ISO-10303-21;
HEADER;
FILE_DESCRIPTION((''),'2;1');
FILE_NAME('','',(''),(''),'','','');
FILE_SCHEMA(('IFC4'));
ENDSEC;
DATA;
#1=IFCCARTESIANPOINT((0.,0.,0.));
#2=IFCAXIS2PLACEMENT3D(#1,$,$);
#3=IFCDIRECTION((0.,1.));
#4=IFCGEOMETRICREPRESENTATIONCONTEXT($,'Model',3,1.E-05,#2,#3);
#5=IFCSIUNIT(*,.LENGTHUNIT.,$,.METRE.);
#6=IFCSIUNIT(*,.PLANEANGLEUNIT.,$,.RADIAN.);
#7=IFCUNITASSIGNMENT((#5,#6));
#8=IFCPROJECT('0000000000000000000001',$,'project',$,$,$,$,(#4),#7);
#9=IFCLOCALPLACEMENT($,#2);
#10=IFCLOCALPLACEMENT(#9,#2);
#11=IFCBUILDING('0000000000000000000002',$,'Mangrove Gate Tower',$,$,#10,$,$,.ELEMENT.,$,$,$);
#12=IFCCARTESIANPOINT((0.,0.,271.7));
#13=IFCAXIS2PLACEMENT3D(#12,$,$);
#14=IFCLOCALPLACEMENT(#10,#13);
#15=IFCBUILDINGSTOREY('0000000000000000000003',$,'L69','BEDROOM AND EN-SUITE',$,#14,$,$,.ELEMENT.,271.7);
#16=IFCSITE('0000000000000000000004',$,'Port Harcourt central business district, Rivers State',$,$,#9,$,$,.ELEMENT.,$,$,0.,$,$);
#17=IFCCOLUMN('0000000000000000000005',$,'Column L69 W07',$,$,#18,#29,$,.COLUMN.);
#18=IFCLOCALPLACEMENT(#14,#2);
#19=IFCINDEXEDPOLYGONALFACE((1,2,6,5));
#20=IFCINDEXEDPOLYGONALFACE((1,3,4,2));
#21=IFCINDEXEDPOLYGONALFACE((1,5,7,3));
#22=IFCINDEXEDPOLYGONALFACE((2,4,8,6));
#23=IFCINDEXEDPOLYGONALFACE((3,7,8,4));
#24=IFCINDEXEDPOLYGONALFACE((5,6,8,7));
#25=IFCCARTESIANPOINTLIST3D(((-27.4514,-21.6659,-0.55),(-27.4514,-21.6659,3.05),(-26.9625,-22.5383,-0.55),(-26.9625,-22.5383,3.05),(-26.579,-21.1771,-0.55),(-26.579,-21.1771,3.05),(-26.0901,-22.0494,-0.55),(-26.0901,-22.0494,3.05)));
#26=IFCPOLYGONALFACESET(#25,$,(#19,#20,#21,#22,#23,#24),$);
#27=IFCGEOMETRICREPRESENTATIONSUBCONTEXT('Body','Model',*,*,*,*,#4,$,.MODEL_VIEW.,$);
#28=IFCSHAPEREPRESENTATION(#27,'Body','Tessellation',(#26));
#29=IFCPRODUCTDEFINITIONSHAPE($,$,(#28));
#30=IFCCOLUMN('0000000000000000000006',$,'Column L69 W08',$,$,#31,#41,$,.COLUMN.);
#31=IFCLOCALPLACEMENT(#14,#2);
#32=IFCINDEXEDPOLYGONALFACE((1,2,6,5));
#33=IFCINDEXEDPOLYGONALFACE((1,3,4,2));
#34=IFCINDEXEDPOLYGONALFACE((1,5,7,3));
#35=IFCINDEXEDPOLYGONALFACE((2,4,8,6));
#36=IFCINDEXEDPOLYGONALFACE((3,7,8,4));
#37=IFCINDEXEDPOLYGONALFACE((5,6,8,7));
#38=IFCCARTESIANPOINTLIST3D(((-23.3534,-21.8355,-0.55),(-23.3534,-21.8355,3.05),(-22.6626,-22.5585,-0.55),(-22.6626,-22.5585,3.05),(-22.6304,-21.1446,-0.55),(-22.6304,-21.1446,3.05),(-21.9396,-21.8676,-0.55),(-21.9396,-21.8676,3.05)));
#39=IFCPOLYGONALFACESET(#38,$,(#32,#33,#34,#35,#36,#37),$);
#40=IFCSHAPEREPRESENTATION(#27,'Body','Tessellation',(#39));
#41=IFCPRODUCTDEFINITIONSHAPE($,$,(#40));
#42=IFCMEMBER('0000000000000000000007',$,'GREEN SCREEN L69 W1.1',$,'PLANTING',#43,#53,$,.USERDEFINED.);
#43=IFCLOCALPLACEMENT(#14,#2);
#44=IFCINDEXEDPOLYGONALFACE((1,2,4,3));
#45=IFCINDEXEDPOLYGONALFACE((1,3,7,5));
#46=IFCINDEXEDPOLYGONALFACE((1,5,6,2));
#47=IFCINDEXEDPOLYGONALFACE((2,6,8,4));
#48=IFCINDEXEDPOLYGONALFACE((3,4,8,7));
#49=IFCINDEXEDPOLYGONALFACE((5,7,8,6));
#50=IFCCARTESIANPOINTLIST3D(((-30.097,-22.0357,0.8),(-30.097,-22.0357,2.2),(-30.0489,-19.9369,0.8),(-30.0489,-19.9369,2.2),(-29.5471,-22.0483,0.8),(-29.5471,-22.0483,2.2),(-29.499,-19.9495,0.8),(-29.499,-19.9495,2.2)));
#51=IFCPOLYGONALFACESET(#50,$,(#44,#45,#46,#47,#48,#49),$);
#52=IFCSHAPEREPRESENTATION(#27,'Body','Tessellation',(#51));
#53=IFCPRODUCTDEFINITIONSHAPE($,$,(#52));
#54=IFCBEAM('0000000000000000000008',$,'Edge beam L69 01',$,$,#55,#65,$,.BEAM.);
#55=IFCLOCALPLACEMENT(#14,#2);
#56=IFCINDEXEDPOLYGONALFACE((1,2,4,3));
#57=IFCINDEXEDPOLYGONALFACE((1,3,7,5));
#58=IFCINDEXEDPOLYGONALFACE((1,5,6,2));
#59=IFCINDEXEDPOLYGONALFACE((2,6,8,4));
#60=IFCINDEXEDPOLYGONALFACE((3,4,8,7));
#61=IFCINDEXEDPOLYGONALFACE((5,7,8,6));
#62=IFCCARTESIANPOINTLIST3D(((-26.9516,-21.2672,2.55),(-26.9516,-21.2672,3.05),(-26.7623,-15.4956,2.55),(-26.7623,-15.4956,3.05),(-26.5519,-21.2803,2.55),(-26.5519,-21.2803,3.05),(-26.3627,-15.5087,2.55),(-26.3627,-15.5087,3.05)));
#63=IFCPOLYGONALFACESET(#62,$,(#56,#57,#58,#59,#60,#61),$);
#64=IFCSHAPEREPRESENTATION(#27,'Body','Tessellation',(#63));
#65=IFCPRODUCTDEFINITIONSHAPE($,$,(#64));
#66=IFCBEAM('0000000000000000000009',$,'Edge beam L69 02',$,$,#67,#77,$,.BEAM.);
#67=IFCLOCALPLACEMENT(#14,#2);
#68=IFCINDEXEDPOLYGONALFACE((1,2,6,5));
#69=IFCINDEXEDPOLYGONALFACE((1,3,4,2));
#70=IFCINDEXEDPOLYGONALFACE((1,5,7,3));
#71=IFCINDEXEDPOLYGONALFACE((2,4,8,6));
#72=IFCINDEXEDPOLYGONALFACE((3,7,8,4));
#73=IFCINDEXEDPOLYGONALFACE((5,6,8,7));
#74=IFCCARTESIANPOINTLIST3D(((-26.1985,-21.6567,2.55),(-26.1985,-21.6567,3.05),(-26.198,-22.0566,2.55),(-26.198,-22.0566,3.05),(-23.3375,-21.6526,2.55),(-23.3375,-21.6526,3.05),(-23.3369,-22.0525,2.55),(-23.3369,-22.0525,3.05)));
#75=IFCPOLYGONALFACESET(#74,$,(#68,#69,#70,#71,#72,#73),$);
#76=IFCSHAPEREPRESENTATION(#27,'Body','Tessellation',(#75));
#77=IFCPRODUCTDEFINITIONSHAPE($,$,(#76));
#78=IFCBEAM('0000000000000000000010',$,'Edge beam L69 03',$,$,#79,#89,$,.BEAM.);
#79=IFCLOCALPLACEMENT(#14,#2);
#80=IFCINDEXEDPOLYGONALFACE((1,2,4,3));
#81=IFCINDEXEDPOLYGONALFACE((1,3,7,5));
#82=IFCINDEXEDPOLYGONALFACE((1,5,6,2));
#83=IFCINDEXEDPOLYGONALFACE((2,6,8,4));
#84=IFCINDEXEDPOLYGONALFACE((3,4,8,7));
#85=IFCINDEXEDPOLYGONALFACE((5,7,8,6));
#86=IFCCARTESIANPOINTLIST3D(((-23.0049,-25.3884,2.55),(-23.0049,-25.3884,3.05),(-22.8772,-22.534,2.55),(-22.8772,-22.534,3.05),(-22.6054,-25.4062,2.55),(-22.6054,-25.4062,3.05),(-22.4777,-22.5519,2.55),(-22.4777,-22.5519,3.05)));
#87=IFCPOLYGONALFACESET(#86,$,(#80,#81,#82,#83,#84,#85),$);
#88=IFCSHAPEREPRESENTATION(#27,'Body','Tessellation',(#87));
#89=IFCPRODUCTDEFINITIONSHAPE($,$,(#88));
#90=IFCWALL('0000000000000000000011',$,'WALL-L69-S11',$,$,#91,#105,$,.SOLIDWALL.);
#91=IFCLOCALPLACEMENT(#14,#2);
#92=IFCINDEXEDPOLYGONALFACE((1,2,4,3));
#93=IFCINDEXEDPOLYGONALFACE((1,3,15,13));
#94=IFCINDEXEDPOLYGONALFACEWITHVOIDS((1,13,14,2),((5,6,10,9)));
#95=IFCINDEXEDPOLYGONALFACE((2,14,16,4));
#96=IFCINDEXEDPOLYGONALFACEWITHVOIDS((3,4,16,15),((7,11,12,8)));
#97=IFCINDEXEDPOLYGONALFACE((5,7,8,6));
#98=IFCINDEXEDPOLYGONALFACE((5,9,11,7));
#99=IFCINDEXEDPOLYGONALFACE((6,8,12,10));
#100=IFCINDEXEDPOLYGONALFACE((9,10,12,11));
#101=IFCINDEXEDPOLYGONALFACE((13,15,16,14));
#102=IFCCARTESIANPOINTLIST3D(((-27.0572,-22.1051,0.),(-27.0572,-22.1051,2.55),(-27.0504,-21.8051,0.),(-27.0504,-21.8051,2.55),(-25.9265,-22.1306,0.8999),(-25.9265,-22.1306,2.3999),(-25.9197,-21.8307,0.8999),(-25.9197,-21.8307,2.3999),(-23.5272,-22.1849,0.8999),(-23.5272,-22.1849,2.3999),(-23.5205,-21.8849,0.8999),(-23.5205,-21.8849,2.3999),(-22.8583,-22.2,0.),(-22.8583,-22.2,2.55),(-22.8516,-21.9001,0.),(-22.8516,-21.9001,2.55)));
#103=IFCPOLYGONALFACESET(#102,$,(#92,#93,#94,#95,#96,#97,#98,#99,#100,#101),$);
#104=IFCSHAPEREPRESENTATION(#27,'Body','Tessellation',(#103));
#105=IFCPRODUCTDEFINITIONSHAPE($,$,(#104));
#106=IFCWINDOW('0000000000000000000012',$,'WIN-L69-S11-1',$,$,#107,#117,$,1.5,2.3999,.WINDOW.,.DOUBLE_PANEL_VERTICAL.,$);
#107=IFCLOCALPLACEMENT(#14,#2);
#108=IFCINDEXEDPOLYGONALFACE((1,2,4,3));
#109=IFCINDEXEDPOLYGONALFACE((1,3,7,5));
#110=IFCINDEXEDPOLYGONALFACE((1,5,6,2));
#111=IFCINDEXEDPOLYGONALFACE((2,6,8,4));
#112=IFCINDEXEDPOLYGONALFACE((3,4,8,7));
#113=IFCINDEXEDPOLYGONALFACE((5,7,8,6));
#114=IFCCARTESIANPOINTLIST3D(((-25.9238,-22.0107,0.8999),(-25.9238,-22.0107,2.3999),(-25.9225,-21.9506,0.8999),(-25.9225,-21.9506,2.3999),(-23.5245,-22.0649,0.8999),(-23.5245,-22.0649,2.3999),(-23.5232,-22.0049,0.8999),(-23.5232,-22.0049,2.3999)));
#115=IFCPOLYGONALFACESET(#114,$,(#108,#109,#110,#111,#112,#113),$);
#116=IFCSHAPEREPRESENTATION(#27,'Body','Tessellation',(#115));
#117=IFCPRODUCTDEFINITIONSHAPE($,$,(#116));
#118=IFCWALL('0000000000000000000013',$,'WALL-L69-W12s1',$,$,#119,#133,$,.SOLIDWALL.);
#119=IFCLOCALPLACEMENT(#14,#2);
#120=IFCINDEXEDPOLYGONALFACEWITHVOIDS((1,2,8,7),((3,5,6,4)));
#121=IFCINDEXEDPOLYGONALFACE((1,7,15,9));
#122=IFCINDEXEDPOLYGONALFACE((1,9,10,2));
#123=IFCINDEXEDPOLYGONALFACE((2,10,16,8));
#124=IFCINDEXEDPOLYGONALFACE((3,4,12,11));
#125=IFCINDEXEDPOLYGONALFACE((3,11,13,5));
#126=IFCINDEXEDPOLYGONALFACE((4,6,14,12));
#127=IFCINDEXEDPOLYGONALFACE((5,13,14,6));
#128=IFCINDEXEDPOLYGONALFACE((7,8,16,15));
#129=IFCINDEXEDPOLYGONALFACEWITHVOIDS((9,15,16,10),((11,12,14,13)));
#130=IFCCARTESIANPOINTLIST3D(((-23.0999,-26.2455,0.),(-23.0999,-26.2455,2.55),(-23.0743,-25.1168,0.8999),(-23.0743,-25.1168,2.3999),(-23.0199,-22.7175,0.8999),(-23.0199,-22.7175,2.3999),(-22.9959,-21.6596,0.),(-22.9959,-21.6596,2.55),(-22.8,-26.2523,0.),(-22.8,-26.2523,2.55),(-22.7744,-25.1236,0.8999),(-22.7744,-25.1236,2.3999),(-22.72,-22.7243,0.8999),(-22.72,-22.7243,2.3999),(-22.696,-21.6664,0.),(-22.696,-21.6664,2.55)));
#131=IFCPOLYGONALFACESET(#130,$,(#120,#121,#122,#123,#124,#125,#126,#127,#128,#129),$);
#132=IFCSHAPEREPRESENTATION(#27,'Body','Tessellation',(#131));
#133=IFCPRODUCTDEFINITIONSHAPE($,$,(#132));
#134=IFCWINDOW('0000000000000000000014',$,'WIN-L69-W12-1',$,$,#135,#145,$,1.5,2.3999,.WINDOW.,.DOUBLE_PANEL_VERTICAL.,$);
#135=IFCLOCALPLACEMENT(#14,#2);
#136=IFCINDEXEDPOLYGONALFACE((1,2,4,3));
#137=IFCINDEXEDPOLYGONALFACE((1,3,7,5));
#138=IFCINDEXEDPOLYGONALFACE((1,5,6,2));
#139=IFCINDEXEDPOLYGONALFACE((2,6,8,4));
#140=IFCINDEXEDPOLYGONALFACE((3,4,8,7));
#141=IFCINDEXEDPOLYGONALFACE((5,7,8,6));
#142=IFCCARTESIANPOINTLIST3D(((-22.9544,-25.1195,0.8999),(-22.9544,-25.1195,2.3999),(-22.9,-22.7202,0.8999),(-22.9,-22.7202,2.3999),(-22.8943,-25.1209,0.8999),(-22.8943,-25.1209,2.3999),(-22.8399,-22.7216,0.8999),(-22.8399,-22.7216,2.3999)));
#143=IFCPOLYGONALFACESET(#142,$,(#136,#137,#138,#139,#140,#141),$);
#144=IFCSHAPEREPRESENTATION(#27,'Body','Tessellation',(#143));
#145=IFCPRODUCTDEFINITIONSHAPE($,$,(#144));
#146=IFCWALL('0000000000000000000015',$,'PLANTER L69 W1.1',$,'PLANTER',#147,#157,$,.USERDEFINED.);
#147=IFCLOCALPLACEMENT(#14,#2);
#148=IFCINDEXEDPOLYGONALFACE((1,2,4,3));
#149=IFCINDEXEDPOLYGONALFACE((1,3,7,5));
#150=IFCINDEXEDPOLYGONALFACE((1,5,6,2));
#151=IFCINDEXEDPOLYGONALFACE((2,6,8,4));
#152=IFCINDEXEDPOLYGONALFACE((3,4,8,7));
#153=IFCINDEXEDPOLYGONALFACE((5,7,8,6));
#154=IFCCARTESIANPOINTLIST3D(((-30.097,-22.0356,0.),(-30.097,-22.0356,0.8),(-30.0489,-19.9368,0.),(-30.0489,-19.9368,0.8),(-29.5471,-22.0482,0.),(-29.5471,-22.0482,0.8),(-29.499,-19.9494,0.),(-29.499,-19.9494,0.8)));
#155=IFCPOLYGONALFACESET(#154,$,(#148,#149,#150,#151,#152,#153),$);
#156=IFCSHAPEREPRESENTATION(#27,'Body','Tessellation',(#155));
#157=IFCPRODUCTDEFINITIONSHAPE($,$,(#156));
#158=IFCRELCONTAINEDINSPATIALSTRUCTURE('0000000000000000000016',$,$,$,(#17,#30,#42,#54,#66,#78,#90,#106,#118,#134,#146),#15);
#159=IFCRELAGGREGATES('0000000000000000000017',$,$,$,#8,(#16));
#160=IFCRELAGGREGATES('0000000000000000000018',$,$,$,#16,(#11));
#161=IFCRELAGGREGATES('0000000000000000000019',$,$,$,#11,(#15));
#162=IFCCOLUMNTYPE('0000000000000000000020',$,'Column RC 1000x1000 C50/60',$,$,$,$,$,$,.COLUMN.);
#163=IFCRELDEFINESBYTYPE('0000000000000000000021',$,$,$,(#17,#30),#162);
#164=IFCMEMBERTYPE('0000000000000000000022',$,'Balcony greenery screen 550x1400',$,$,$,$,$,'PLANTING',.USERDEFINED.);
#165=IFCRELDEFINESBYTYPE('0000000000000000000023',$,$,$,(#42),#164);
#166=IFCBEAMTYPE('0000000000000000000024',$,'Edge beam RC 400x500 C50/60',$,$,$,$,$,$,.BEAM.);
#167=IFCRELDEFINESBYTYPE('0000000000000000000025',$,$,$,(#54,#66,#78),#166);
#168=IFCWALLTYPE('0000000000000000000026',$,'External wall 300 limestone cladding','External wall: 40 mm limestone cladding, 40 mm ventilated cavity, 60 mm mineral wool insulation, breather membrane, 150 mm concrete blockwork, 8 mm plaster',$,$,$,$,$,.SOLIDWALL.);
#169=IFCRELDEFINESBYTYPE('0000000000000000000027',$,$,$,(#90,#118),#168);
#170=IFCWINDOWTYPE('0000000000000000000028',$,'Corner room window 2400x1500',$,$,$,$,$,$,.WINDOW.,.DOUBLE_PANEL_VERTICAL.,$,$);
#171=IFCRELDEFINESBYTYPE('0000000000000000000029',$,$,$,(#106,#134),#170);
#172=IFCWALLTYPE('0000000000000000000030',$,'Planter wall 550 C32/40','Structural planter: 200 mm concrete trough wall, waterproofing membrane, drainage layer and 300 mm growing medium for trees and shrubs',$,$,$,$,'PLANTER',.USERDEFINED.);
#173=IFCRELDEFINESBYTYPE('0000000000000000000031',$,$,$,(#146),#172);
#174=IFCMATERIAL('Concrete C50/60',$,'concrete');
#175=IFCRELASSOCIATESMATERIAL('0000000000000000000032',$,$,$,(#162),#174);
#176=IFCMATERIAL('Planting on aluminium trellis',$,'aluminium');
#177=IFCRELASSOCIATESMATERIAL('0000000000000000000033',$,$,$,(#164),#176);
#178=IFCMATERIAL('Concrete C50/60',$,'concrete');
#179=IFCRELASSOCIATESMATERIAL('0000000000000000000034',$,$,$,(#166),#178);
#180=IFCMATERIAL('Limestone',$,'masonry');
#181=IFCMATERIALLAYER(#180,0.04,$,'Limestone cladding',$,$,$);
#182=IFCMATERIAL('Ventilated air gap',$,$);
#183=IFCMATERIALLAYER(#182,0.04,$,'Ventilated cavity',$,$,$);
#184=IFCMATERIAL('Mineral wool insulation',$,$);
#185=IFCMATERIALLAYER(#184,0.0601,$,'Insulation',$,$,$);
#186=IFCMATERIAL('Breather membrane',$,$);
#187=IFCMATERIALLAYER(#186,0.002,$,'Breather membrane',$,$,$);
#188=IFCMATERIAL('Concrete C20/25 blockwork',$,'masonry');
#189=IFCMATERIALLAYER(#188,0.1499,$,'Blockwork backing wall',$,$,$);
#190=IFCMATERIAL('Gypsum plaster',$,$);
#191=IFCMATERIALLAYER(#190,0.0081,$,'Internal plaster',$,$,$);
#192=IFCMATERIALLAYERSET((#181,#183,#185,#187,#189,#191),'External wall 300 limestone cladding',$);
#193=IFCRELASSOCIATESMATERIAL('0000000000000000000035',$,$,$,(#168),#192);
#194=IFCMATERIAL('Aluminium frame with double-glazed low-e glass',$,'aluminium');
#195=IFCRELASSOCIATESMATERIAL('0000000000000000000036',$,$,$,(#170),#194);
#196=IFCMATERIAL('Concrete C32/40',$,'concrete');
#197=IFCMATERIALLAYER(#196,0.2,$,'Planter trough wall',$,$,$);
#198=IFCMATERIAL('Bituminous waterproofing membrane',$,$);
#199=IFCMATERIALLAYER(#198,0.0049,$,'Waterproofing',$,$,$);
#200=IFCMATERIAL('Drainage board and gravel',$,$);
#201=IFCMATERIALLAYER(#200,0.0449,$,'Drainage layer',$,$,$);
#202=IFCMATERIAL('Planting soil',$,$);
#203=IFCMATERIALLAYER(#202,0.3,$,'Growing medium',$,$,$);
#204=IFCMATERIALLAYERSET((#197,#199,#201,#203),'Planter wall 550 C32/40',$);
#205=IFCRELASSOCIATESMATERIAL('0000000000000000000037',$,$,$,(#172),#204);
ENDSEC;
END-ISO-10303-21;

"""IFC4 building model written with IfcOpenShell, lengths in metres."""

from ifc_helpers import new_model, si_unit, direction, frame, frame_2d, origin, origin_2d, place, context, subcontext, project, spatial, rectangle, extrude, material, layer, layer_set, material_profile, profile_set, type_object, element, fill, save


model = new_model("IFC4")

# Units and contexts
model_context = context("Model", 3, precision=1e-05, world=origin(), true_north=direction((0.0, 1.0)))
body_context = subcontext(model_context, "Body", "Model", "MODEL_VIEW")
ifc_project = project(units=[si_unit("LENGTHUNIT", "METRE"), si_unit("PLANEANGLEUNIT", "RADIAN")], contexts=[model_context])

# Site, building, storey
site_placement = place(None, origin())
site = spatial("IfcSite", under=ifc_project, at=site_placement, Name="Port Harcourt central business district, Rivers State", CompositionType="ELEMENT", RefElevation=0.0)
building_placement = place(site_placement, origin())
building = spatial("IfcBuilding", under=site, at=building_placement, Name="Mangrove Gate Tower", CompositionType="ELEMENT")
storey_placement = place(building_placement, frame((0.0, 0.0, 271.7)))
storey = spatial("IfcBuildingStorey", under=building, at=storey_placement, Name="L69", Description="BEDROOM AND EN-SUITE", CompositionType="ELEMENT", Elevation=271.7)

# Columns
ifc_material_1 = material(Name="Concrete C50/60", Category="concrete")
ifc_material_profile_1 = material_profile(ifc_material_1, rectangle(XDim=1.0, YDim=1.0, at=origin_2d()))
ifc_profile_set_1 = profile_set([ifc_material_profile_1], Name="Concrete C50/60")
column_type = type_object("IfcColumnType", Name="Column RC 1000x1000 C50/60", PredefinedType="COLUMN", material=ifc_profile_set_1)
for number, where, z_axis, x_axis, name in (
    (1, (-26.7708, -21.8577, -0.55), (0.0, 0.0, 1.0), (0.488847, -0.87237, 0.0), "Column L69 W07"),
    (2, (-22.6465, -21.8516, -0.55), (0.0, 0.0, 1.0), (0.690844, -0.723004, 0.0), "Column L69 W08"),
):
    element("IfcColumn", number, at=place(storey_placement, frame(where, z_axis=z_axis, x_axis=x_axis)), inside=storey, type_object=column_type, Name=name, PredefinedType="COLUMN", context=body_context, shape_type="SweptSolid", body=[
        extrude(rectangle(XDim=1.0, YDim=1.0, at=origin_2d()), origin(), (0.0, 0.0, 1.0), 3.6001),
    ])

# Member
ifc_material_2 = material(Name="Planting on aluminium trellis", Category="aluminium")
ifc_material_profile_2 = material_profile(ifc_material_2, rectangle(XDim=0.55, YDim=1.3999, at=origin_2d()))
ifc_profile_set_2 = profile_set([ifc_material_profile_2], Name="Planting on aluminium trellis")
member_type = type_object("IfcMemberType", Name="Balcony greenery screen 550x1400", ElementType="PLANTING", PredefinedType="USERDEFINED", material=ifc_profile_set_2)
member_placement = place(storey_placement, frame((-29.822, -22.042, 1.5), z_axis=(0.022909, 0.999738, 0.0), x_axis=(-0.999738, 0.022909, 0.0)))
element("IfcMember", 3, at=member_placement, inside=storey, type_object=member_type, Name="GREEN SCREEN L69 W1.1", ObjectType="PLANTING", PredefinedType="USERDEFINED", context=body_context, shape_type="SweptSolid", body=[
    extrude(rectangle(XDim=0.55, YDim=1.3999, at=origin_2d()), origin(), (0.0, 0.0, 1.0), 2.0994),
])

# Beams
ifc_material_3 = material(Name="Concrete C50/60", Category="concrete")
ifc_material_profile_3 = material_profile(ifc_material_3, rectangle(XDim=0.3999, YDim=0.5, at=origin_2d()))
ifc_profile_set_3 = profile_set([ifc_material_profile_3], Name="Concrete C50/60")
beam_type = type_object("IfcBeamType", Name="Edge beam RC 400x500 C50/60", PredefinedType="BEAM", material=ifc_profile_set_3)
beam_1_placement = place(storey_placement, frame((-26.5625, -15.5022, 2.8), z_axis=(-0.032766, -0.999463, 0.0), x_axis=(0.999463, -0.032766, 0.0)))
element("IfcBeam", 4, at=beam_1_placement, inside=storey, type_object=beam_type, Name="Edge beam L69 01", PredefinedType="BEAM", context=body_context, shape_type="SweptSolid", body=[
    extrude(rectangle(XDim=0.3999, YDim=0.5, at=origin_2d()), origin(), (0.0, 0.0, 1.0), 5.7747),
])
beam_2_placement = place(storey_placement, frame((-26.1982, -21.8567, 2.8), z_axis=(0.999999, 0.001451, 0.0), x_axis=(-0.001451, 0.999999, 0.0)))
element("IfcBeam", 5, at=beam_2_placement, inside=storey, type_object=beam_type, Name="Edge beam L69 02", PredefinedType="BEAM", context=body_context, shape_type="SweptSolid", body=[
    extrude(rectangle(XDim=0.3999, YDim=0.5, at=origin_2d()), origin(), (0.0, 0.0, 1.0), 2.8611),
])
beam_3_placement = place(storey_placement, frame((-22.6775, -22.543, 2.8), z_axis=(-0.044691, -0.999001, 0.0), x_axis=(0.999001, -0.044691, 0.0)))
element("IfcBeam", 6, at=beam_3_placement, inside=storey, type_object=beam_type, Name="Edge beam L69 03", PredefinedType="BEAM", context=body_context, shape_type="SweptSolid", body=[
    extrude(rectangle(XDim=0.3999, YDim=0.5, at=origin_2d()), origin(), (0.0, 0.0, 1.0), 2.8572),
])

# Walls, openings, windows
ifc_material_4 = material(Name="Limestone", Category="masonry")
ifc_layer_1 = layer(ifc_material_4, 0.04, Name="Limestone cladding")
ifc_material_5 = material(Name="Ventilated air gap")
ifc_layer_2 = layer(ifc_material_5, 0.04, Name="Ventilated cavity")
ifc_material_6 = material(Name="Mineral wool insulation")
ifc_layer_3 = layer(ifc_material_6, 0.0601, Name="Insulation")
ifc_material_7 = material(Name="Breather membrane")
ifc_layer_4 = layer(ifc_material_7, 0.002, Name="Breather membrane")
ifc_material_8 = material(Name="Concrete C20/25 blockwork", Category="masonry")
ifc_layer_5 = layer(ifc_material_8, 0.1499, Name="Blockwork backing wall")
ifc_material_9 = material(Name="Gypsum plaster")
ifc_layer_6 = layer(ifc_material_9, 0.0081, Name="Internal plaster")
ifc_layer_set_1 = layer_set([ifc_layer_1, ifc_layer_2, ifc_layer_3, ifc_layer_4, ifc_layer_5, ifc_layer_6], Name="External wall 300 limestone cladding")
wall_type_1 = type_object("IfcWallType", Name="External wall 300 limestone cladding", Description="External wall: 40 mm limestone cladding, 40 mm ventilated cavity, 60 mm mineral wool insulation, breather membrane, 150 mm concrete blockwork, 8 mm plaster", PredefinedType="SOLIDWALL", material=ifc_layer_set_1)
wall_1_placement = place(storey_placement, frame((-27.054, -21.9551, 0.0), z_axis=(0.0, 0.0, 1.0), x_axis=(0.999744, -0.022612, 0.0)))
wall_1 = element("IfcWall", 7, at=wall_1_placement, inside=storey, type_object=wall_type_1, Name="WALL-L69-S11", PredefinedType="SOLIDWALL", context=body_context, shape_type="SweptSolid", body=[
    extrude(rectangle(XDim=4.2, YDim=0.3, at=frame_2d((2.1001, 0.0))), origin(), (0.0, 0.0, 1.0), 2.55),
])
opening_1_placement = place(wall_1_placement, frame((1.1311, 0.0, 0.8999)))
opening_1 = element("IfcOpeningElement", 8, at=opening_1_placement, cuts=wall_1, PredefinedType="OPENING", context=body_context, shape_type="SweptSolid", body=[
    extrude(rectangle(XDim=2.3999, YDim=1.5, at=frame_2d((1.2, 0.75))), frame((0.0, 0.1599, 0.0), z_axis=(0.0, -1.0, 0.0), x_axis=(1.0, 0.0, 0.0)), (0.0, 0.0, 1.0), 0.3201),
])
ifc_material_10 = material(Name="Aluminium frame with double-glazed low-e glass", Category="aluminium")
window_type = type_object("IfcWindowType", Name="Corner room window 2400x1500", PartitioningType="DOUBLE_PANEL_VERTICAL", PredefinedType="WINDOW", material=ifc_material_10)
window_1_placement = place(opening_1_placement, origin())
window_1 = element("IfcWindow", 9, at=window_1_placement, inside=storey, type_object=window_type, Name="WIN-L69-S11-1", OverallHeight=1.5, OverallWidth=2.3999, PartitioningType="DOUBLE_PANEL_VERTICAL", PredefinedType="WINDOW", context=body_context, shape_type="SweptSolid", body=[
    extrude(rectangle(XDim=2.3999, YDim=1.5, at=frame_2d((1.2, 0.75))), frame((0.0, 0.03, 0.0), z_axis=(0.0, -1.0, 0.0), x_axis=(1.0, 0.0, 0.0)), (0.0, 0.0, 1.0), 0.0601),
])
fill(opening_1, window_1)
wall_2_placement = place(storey_placement, frame((-22.8459, -21.6631, 0.0), z_axis=(0.0, 0.0, 1.0), x_axis=(-0.022673, -0.999743, 0.0)))
wall_2 = element("IfcWall", 10, at=wall_2_placement, inside=storey, type_object=wall_type_1, Name="WALL-L69-W12s1", PredefinedType="SOLIDWALL", context=body_context, shape_type="SweptSolid", body=[
    extrude(rectangle(XDim=4.5872, YDim=0.3, at=frame_2d((2.2935, 0.0))), origin(), (0.0, 0.0, 1.0), 2.55),
])
opening_2_placement = place(wall_2_placement, frame((1.0581, 0.0, 0.8999)))
opening_2 = element("IfcOpeningElement", 11, at=opening_2_placement, cuts=wall_2, PredefinedType="OPENING", context=body_context, shape_type="SweptSolid", body=[
    extrude(rectangle(XDim=2.3999, YDim=1.5, at=frame_2d((1.2, 0.75))), frame((0.0, 0.1599, 0.0), z_axis=(0.0, -1.0, 0.0), x_axis=(1.0, 0.0, 0.0)), (0.0, 0.0, 1.0), 0.3201),
])
window_2_placement = place(opening_2_placement, origin())
window_2 = element("IfcWindow", 12, at=window_2_placement, inside=storey, type_object=window_type, Name="WIN-L69-W12-1", OverallHeight=1.5, OverallWidth=2.3999, PartitioningType="DOUBLE_PANEL_VERTICAL", PredefinedType="WINDOW", context=body_context, shape_type="SweptSolid", body=[
    extrude(rectangle(XDim=2.3999, YDim=1.5, at=frame_2d((1.2, 0.75))), frame((0.0, 0.03, 0.0), z_axis=(0.0, -1.0, 0.0), x_axis=(1.0, 0.0, 0.0)), (0.0, 0.0, 1.0), 0.0601),
])
fill(opening_2, window_2)

# Wall
ifc_material_11 = material(Name="Concrete C32/40", Category="concrete")
ifc_layer_7 = layer(ifc_material_11, 0.2, Name="Planter trough wall")
ifc_material_12 = material(Name="Bituminous waterproofing membrane")
ifc_layer_8 = layer(ifc_material_12, 0.0049, Name="Waterproofing")
ifc_material_13 = material(Name="Drainage board and gravel")
ifc_layer_9 = layer(ifc_material_13, 0.0449, Name="Drainage layer")
ifc_material_14 = material(Name="Planting soil")
ifc_layer_10 = layer(ifc_material_14, 0.3, Name="Growing medium")
ifc_layer_set_2 = layer_set([ifc_layer_7, ifc_layer_8, ifc_layer_9, ifc_layer_10], Name="Planter wall 550 C32/40")
wall_type_2 = type_object("IfcWallType", Name="Planter wall 550 C32/40", Description="Structural planter: 200 mm concrete trough wall, waterproofing membrane, drainage layer and 300 mm growing medium for trees and shrubs", ElementType="PLANTER", PredefinedType="USERDEFINED", material=ifc_layer_set_2)
wall_3_placement = place(storey_placement, frame((-29.822, -22.042, 0.0), z_axis=(0.0, 0.0, 1.0), x_axis=(0.022909, 0.999738, 0.0)))
element("IfcWall", 13, at=wall_3_placement, inside=storey, type_object=wall_type_2, Name="PLANTER L69 W1.1", ObjectType="PLANTER", PredefinedType="USERDEFINED", context=body_context, shape_type="SweptSolid", body=[
    extrude(rectangle(XDim=2.0994, YDim=0.55, at=frame_2d((1.0498, 0.0))), origin(), (0.0, 0.0, 1.0), 0.8),
])

save(model, "model.ifc")
